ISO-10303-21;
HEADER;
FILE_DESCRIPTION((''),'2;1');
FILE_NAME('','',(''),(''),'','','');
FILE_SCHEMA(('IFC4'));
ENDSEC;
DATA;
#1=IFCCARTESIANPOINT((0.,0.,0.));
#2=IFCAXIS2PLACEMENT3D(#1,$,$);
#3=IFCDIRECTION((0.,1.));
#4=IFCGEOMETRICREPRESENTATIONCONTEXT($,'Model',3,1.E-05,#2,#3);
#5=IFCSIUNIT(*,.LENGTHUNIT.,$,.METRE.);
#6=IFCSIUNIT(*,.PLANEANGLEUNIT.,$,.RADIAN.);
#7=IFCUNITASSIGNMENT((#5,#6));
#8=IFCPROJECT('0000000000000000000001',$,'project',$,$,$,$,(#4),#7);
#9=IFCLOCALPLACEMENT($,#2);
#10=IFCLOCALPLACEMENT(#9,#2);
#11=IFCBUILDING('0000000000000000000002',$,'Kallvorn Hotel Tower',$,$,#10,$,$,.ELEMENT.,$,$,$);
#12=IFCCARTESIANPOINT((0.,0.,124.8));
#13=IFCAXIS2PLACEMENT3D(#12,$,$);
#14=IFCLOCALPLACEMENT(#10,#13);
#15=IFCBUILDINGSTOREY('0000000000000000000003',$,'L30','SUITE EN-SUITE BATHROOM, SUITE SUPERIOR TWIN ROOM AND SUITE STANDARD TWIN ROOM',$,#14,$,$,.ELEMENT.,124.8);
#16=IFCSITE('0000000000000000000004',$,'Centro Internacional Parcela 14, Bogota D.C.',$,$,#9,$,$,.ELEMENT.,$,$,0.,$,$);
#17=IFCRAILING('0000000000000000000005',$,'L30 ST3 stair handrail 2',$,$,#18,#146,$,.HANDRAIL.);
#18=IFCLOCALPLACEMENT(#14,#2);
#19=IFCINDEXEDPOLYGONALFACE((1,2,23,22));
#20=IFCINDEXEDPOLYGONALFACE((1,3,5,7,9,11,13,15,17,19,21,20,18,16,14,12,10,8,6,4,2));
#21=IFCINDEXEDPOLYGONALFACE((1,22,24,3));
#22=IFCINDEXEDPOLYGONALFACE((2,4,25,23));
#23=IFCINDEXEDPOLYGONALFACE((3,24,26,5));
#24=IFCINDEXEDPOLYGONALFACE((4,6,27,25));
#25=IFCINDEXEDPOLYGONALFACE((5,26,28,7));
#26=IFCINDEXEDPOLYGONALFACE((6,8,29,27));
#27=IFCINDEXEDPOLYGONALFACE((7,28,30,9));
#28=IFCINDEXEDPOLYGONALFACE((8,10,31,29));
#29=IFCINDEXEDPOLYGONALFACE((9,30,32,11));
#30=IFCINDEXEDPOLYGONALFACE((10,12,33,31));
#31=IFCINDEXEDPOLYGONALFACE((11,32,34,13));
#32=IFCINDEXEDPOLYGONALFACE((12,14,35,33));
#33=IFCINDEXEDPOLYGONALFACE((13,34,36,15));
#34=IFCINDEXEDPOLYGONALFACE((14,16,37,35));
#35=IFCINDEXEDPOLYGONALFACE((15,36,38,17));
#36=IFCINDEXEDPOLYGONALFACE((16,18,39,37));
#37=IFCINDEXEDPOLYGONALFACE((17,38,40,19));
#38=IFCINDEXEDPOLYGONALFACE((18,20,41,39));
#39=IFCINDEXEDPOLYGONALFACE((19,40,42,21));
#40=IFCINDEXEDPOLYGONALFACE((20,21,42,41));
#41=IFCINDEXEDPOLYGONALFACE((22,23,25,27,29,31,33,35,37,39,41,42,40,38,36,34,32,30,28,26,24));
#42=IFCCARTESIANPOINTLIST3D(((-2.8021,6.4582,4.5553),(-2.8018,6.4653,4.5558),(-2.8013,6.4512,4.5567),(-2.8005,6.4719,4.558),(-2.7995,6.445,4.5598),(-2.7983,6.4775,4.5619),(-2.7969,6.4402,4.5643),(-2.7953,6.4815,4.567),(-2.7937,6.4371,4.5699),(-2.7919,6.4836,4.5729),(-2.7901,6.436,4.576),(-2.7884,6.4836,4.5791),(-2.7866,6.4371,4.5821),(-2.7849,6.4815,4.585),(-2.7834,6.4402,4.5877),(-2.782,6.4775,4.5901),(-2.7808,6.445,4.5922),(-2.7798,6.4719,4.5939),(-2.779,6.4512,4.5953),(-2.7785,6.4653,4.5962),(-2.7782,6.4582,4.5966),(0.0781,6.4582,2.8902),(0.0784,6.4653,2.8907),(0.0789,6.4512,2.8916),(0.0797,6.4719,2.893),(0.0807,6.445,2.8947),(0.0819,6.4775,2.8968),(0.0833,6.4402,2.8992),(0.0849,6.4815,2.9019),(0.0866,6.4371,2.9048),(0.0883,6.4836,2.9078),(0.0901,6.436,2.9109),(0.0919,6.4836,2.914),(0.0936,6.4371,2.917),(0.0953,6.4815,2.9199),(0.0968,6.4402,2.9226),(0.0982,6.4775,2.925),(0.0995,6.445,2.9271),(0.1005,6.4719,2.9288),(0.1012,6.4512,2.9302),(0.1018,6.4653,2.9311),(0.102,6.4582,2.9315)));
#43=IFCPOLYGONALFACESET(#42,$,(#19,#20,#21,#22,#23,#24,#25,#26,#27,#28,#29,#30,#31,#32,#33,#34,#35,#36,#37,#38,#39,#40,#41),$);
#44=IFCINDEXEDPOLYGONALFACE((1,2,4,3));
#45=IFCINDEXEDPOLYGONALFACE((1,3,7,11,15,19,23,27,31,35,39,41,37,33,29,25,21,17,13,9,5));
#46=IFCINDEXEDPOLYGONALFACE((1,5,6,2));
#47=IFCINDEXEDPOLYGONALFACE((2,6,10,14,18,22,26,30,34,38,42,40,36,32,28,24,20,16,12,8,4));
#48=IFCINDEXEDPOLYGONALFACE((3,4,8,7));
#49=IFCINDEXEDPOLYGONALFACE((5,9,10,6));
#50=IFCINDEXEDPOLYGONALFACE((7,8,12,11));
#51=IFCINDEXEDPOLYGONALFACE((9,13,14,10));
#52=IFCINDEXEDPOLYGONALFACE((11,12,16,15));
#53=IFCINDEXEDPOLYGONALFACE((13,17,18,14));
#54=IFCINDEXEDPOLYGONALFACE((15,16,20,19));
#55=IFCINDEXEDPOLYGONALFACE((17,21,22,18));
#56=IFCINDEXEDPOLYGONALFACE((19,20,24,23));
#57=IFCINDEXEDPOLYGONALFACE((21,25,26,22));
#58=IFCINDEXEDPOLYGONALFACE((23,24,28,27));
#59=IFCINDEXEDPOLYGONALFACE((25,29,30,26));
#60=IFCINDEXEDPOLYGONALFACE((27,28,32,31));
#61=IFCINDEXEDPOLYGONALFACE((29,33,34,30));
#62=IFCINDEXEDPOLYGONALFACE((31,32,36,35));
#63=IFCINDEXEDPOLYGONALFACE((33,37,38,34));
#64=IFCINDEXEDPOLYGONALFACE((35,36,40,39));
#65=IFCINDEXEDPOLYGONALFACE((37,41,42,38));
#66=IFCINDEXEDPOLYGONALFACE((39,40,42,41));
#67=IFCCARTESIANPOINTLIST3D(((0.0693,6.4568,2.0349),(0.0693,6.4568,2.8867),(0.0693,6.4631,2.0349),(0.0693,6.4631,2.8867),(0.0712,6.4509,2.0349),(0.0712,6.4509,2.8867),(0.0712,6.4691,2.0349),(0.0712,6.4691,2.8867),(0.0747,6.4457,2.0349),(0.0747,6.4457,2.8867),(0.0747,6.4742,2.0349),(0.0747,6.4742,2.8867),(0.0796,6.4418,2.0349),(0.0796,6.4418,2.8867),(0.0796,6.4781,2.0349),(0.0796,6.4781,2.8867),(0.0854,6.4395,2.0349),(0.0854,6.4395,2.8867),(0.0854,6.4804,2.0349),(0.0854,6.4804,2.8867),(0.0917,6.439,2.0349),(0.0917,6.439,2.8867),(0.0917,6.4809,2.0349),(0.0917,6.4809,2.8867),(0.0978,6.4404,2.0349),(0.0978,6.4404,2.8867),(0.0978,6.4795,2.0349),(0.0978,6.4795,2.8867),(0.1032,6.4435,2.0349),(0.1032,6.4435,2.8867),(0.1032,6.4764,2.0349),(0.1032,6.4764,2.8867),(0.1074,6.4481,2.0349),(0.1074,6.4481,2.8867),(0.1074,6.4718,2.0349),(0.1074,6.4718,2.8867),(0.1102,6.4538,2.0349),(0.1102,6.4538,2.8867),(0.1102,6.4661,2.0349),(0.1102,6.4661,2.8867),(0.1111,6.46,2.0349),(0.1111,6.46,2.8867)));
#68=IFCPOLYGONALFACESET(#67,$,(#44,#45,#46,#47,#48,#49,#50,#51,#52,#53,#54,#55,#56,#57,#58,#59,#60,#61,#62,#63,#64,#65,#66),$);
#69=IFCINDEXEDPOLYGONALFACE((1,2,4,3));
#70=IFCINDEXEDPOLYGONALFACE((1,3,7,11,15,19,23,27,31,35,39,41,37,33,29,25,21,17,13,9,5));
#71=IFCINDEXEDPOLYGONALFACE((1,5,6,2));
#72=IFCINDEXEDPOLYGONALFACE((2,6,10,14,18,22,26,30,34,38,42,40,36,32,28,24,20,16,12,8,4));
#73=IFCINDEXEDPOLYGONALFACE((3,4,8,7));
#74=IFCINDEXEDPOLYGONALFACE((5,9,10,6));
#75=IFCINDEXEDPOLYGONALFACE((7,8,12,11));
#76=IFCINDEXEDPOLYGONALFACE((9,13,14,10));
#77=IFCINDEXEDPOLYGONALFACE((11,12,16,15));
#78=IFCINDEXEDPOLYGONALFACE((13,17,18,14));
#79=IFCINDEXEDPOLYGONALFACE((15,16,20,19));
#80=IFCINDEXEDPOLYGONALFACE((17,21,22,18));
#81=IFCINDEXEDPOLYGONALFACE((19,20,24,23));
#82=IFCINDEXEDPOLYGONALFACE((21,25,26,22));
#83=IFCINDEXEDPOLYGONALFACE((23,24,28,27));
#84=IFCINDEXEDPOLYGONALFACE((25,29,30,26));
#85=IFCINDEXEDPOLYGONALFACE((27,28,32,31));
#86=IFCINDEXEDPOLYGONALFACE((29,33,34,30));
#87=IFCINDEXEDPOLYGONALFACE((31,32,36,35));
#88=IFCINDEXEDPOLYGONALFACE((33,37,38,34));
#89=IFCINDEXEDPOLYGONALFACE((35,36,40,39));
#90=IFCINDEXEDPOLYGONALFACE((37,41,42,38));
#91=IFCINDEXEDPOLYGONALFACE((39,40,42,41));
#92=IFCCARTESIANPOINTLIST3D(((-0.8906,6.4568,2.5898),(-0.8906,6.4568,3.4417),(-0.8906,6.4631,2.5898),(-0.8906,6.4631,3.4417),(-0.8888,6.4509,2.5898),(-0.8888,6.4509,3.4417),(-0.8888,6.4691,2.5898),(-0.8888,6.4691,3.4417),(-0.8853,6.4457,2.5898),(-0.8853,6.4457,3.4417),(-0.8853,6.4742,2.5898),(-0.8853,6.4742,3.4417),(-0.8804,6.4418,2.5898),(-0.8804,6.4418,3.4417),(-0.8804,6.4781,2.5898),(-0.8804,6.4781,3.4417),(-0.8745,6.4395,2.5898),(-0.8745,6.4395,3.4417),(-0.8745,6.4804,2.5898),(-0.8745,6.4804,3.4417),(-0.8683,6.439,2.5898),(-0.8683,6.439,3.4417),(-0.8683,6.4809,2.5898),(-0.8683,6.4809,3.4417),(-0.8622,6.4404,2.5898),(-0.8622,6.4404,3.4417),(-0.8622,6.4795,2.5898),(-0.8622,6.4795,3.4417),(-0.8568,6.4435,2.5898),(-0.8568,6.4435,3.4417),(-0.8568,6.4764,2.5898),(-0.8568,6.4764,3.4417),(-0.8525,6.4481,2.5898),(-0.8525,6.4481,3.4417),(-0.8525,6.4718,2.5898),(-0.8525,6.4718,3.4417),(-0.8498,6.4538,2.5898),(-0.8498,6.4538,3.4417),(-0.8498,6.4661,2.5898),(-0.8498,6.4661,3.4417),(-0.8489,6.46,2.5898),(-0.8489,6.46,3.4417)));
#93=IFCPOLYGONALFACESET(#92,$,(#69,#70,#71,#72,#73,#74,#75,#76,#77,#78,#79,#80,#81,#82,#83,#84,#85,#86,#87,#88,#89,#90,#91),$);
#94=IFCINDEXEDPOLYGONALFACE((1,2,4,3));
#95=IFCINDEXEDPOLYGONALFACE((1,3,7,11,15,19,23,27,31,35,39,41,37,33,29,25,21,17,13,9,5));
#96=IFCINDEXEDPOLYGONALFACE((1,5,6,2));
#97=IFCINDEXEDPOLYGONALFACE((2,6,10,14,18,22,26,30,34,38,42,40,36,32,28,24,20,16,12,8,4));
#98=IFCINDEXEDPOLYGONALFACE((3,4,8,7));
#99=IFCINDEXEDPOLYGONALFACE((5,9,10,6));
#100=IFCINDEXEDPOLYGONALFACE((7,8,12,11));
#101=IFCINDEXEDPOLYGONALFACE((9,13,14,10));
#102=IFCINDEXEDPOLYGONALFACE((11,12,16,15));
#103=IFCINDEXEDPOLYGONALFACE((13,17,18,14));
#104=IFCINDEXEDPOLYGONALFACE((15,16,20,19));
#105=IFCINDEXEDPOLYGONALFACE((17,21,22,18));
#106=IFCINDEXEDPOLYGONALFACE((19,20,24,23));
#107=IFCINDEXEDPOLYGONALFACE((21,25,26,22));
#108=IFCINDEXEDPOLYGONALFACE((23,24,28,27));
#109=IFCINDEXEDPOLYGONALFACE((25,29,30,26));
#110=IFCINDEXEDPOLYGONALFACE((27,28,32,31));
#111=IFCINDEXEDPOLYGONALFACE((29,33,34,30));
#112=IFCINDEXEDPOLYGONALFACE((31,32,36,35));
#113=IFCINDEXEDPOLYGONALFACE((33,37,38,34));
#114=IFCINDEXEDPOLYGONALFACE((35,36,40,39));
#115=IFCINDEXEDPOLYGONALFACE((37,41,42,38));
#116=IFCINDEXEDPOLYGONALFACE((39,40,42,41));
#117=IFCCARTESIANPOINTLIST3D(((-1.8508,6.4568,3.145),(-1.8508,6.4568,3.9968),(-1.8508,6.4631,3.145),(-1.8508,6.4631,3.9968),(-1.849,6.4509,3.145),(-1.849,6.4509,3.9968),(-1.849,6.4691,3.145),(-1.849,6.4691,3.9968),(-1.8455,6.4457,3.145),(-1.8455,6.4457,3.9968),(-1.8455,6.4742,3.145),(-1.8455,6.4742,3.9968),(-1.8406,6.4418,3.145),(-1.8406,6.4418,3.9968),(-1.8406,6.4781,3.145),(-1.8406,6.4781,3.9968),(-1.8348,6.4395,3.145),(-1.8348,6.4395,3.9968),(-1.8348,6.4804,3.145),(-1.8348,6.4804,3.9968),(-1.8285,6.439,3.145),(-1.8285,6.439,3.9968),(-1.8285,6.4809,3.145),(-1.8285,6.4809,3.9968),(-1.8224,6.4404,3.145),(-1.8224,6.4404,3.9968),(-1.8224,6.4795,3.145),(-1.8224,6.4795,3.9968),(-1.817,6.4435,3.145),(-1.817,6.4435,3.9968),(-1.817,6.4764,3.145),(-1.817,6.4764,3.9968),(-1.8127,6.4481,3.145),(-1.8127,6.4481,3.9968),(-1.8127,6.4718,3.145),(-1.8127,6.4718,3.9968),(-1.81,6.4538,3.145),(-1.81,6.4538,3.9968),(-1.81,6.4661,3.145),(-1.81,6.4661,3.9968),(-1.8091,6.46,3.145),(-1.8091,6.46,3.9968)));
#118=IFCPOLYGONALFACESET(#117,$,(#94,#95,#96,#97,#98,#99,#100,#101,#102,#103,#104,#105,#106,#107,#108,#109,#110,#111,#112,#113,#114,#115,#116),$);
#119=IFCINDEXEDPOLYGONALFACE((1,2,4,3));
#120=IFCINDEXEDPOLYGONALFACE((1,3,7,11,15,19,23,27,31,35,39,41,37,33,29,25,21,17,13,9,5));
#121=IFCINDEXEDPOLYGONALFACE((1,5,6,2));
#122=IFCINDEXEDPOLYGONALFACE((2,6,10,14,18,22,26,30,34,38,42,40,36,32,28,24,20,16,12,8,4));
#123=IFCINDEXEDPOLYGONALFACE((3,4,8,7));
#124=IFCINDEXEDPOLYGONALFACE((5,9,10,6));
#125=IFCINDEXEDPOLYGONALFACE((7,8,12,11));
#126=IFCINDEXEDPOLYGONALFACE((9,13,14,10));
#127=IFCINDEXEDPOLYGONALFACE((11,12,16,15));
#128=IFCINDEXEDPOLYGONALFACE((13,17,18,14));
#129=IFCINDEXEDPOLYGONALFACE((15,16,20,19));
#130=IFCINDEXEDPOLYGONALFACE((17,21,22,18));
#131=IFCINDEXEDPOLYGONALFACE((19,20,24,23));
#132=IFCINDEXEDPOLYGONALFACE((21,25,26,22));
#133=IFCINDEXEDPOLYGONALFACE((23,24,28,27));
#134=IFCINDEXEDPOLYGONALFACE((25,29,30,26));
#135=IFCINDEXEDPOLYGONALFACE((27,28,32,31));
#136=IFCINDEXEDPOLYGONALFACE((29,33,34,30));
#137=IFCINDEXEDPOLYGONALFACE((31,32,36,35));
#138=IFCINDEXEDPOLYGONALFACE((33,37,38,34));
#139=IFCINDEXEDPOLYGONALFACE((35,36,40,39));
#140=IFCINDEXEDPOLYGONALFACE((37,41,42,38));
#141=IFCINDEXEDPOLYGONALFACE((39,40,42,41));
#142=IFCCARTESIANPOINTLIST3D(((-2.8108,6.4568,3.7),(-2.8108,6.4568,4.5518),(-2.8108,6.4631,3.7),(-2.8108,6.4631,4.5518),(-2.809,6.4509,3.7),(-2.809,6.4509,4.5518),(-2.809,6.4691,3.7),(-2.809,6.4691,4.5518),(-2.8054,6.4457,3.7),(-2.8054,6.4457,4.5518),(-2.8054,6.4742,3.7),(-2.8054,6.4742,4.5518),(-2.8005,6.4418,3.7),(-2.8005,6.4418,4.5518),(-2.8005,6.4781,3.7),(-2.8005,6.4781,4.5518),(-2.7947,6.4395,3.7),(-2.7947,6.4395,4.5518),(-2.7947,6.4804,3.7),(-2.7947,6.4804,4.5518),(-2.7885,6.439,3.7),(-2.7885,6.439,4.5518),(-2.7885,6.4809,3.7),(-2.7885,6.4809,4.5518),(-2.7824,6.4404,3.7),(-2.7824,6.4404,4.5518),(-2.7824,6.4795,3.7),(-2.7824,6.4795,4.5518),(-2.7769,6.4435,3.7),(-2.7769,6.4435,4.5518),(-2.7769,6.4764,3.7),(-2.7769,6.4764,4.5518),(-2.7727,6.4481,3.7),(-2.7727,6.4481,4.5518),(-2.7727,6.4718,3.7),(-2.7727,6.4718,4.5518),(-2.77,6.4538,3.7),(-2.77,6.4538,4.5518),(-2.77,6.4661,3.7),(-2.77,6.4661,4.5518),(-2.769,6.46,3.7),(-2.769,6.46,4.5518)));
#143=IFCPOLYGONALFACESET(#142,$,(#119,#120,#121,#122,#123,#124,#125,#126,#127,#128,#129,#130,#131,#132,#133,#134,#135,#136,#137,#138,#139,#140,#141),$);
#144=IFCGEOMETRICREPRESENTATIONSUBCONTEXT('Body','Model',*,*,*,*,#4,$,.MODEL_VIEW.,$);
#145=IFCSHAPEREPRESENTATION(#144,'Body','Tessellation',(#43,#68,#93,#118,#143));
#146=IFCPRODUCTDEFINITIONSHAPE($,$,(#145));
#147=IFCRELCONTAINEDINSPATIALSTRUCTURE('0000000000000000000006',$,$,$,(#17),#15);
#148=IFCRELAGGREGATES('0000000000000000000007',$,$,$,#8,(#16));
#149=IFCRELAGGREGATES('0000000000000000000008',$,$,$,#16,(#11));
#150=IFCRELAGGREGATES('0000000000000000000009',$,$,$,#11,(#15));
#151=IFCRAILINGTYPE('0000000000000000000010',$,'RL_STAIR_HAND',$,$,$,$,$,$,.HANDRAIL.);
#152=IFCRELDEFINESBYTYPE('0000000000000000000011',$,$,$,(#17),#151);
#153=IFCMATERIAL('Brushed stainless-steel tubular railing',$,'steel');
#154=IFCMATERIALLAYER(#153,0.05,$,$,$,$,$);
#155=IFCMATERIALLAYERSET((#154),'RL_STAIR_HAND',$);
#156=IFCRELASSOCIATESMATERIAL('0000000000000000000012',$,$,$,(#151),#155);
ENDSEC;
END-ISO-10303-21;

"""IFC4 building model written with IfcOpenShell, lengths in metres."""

from ifc_helpers import new_model, si_unit, direction, frame, origin, origin_2d, place, context, subcontext, project, spatial, circle, extrude, material, layer, layer_set, type_object, element, save


model = new_model("IFC4")

# Units and contexts
model_context = context("Model", 3, precision=1e-05, world=origin(), true_north=direction((0.0, 1.0)))
body_context = subcontext(model_context, "Body", "Model", "MODEL_VIEW")
ifc_project = project(units=[si_unit("LENGTHUNIT", "METRE"), si_unit("PLANEANGLEUNIT", "RADIAN")], contexts=[model_context])

# Site, building, storey
site_placement = place(None, origin())
site = spatial("IfcSite", under=ifc_project, at=site_placement, Name="Centro Internacional Parcela 14, Bogota D.C.", CompositionType="ELEMENT", RefElevation=0.0)
building_placement = place(site_placement, origin())
building = spatial("IfcBuilding", under=site, at=building_placement, Name="Kallvorn Hotel Tower", CompositionType="ELEMENT")
storey_placement = place(building_placement, frame((0.0, 0.0, 124.8)))
storey = spatial("IfcBuildingStorey", under=building, at=storey_placement, Name="L30", Description="SUITE EN-SUITE BATHROOM, SUITE SUPERIOR TWIN ROOM AND SUITE STANDARD TWIN ROOM", CompositionType="ELEMENT", Elevation=124.8)

# Railing
ifc_material_1 = material(Name="Brushed stainless-steel tubular railing", Category="steel")
ifc_layer_1 = layer(ifc_material_1, 0.05)
ifc_layer_set_1 = layer_set([ifc_layer_1], Name="RL_STAIR_HAND")
railing_type_1 = type_object("IfcRailingType", Name="RL_STAIR_HAND", PredefinedType="HANDRAIL", material=ifc_layer_set_1)
railing_1_placement = place(storey_placement, frame((0.0901, 6.46, 2.0349)))
element("IfcRailing", 1, at=railing_1_placement, inside=storey, type_object=railing_type_1, Name="L30 ST3 stair handrail 2", PredefinedType="HANDRAIL", context=body_context, shape_type="SweptSolid", body=[
    extrude(circle(Radius=0.0239, at=origin_2d()), frame((0.0, 0.0, 0.876), z_axis=(-0.865739, 0.0, 0.500495), x_axis=(0.0, -1.0, 0.0)), (0.0, 0.0, 1.0), 3.3269),
    extrude(circle(Radius=0.021, at=origin_2d()), origin(), (0.0, 0.0, 1.0), 0.8518),
    extrude(circle(Radius=0.021, at=origin_2d()), frame((-0.96, 0.0, 0.5549)), (0.0, 0.0, 1.0), 0.8518),
    extrude(circle(Radius=0.021, at=origin_2d()), frame((-1.9202, 0.0, 1.1101)), (0.0, 0.0, 1.0), 0.8518),
    extrude(circle(Radius=0.021, at=origin_2d()), frame((-2.8801, 0.0, 1.665)), (0.0, 0.0, 1.0), 0.8518),
])

save(model, "model.ifc")
